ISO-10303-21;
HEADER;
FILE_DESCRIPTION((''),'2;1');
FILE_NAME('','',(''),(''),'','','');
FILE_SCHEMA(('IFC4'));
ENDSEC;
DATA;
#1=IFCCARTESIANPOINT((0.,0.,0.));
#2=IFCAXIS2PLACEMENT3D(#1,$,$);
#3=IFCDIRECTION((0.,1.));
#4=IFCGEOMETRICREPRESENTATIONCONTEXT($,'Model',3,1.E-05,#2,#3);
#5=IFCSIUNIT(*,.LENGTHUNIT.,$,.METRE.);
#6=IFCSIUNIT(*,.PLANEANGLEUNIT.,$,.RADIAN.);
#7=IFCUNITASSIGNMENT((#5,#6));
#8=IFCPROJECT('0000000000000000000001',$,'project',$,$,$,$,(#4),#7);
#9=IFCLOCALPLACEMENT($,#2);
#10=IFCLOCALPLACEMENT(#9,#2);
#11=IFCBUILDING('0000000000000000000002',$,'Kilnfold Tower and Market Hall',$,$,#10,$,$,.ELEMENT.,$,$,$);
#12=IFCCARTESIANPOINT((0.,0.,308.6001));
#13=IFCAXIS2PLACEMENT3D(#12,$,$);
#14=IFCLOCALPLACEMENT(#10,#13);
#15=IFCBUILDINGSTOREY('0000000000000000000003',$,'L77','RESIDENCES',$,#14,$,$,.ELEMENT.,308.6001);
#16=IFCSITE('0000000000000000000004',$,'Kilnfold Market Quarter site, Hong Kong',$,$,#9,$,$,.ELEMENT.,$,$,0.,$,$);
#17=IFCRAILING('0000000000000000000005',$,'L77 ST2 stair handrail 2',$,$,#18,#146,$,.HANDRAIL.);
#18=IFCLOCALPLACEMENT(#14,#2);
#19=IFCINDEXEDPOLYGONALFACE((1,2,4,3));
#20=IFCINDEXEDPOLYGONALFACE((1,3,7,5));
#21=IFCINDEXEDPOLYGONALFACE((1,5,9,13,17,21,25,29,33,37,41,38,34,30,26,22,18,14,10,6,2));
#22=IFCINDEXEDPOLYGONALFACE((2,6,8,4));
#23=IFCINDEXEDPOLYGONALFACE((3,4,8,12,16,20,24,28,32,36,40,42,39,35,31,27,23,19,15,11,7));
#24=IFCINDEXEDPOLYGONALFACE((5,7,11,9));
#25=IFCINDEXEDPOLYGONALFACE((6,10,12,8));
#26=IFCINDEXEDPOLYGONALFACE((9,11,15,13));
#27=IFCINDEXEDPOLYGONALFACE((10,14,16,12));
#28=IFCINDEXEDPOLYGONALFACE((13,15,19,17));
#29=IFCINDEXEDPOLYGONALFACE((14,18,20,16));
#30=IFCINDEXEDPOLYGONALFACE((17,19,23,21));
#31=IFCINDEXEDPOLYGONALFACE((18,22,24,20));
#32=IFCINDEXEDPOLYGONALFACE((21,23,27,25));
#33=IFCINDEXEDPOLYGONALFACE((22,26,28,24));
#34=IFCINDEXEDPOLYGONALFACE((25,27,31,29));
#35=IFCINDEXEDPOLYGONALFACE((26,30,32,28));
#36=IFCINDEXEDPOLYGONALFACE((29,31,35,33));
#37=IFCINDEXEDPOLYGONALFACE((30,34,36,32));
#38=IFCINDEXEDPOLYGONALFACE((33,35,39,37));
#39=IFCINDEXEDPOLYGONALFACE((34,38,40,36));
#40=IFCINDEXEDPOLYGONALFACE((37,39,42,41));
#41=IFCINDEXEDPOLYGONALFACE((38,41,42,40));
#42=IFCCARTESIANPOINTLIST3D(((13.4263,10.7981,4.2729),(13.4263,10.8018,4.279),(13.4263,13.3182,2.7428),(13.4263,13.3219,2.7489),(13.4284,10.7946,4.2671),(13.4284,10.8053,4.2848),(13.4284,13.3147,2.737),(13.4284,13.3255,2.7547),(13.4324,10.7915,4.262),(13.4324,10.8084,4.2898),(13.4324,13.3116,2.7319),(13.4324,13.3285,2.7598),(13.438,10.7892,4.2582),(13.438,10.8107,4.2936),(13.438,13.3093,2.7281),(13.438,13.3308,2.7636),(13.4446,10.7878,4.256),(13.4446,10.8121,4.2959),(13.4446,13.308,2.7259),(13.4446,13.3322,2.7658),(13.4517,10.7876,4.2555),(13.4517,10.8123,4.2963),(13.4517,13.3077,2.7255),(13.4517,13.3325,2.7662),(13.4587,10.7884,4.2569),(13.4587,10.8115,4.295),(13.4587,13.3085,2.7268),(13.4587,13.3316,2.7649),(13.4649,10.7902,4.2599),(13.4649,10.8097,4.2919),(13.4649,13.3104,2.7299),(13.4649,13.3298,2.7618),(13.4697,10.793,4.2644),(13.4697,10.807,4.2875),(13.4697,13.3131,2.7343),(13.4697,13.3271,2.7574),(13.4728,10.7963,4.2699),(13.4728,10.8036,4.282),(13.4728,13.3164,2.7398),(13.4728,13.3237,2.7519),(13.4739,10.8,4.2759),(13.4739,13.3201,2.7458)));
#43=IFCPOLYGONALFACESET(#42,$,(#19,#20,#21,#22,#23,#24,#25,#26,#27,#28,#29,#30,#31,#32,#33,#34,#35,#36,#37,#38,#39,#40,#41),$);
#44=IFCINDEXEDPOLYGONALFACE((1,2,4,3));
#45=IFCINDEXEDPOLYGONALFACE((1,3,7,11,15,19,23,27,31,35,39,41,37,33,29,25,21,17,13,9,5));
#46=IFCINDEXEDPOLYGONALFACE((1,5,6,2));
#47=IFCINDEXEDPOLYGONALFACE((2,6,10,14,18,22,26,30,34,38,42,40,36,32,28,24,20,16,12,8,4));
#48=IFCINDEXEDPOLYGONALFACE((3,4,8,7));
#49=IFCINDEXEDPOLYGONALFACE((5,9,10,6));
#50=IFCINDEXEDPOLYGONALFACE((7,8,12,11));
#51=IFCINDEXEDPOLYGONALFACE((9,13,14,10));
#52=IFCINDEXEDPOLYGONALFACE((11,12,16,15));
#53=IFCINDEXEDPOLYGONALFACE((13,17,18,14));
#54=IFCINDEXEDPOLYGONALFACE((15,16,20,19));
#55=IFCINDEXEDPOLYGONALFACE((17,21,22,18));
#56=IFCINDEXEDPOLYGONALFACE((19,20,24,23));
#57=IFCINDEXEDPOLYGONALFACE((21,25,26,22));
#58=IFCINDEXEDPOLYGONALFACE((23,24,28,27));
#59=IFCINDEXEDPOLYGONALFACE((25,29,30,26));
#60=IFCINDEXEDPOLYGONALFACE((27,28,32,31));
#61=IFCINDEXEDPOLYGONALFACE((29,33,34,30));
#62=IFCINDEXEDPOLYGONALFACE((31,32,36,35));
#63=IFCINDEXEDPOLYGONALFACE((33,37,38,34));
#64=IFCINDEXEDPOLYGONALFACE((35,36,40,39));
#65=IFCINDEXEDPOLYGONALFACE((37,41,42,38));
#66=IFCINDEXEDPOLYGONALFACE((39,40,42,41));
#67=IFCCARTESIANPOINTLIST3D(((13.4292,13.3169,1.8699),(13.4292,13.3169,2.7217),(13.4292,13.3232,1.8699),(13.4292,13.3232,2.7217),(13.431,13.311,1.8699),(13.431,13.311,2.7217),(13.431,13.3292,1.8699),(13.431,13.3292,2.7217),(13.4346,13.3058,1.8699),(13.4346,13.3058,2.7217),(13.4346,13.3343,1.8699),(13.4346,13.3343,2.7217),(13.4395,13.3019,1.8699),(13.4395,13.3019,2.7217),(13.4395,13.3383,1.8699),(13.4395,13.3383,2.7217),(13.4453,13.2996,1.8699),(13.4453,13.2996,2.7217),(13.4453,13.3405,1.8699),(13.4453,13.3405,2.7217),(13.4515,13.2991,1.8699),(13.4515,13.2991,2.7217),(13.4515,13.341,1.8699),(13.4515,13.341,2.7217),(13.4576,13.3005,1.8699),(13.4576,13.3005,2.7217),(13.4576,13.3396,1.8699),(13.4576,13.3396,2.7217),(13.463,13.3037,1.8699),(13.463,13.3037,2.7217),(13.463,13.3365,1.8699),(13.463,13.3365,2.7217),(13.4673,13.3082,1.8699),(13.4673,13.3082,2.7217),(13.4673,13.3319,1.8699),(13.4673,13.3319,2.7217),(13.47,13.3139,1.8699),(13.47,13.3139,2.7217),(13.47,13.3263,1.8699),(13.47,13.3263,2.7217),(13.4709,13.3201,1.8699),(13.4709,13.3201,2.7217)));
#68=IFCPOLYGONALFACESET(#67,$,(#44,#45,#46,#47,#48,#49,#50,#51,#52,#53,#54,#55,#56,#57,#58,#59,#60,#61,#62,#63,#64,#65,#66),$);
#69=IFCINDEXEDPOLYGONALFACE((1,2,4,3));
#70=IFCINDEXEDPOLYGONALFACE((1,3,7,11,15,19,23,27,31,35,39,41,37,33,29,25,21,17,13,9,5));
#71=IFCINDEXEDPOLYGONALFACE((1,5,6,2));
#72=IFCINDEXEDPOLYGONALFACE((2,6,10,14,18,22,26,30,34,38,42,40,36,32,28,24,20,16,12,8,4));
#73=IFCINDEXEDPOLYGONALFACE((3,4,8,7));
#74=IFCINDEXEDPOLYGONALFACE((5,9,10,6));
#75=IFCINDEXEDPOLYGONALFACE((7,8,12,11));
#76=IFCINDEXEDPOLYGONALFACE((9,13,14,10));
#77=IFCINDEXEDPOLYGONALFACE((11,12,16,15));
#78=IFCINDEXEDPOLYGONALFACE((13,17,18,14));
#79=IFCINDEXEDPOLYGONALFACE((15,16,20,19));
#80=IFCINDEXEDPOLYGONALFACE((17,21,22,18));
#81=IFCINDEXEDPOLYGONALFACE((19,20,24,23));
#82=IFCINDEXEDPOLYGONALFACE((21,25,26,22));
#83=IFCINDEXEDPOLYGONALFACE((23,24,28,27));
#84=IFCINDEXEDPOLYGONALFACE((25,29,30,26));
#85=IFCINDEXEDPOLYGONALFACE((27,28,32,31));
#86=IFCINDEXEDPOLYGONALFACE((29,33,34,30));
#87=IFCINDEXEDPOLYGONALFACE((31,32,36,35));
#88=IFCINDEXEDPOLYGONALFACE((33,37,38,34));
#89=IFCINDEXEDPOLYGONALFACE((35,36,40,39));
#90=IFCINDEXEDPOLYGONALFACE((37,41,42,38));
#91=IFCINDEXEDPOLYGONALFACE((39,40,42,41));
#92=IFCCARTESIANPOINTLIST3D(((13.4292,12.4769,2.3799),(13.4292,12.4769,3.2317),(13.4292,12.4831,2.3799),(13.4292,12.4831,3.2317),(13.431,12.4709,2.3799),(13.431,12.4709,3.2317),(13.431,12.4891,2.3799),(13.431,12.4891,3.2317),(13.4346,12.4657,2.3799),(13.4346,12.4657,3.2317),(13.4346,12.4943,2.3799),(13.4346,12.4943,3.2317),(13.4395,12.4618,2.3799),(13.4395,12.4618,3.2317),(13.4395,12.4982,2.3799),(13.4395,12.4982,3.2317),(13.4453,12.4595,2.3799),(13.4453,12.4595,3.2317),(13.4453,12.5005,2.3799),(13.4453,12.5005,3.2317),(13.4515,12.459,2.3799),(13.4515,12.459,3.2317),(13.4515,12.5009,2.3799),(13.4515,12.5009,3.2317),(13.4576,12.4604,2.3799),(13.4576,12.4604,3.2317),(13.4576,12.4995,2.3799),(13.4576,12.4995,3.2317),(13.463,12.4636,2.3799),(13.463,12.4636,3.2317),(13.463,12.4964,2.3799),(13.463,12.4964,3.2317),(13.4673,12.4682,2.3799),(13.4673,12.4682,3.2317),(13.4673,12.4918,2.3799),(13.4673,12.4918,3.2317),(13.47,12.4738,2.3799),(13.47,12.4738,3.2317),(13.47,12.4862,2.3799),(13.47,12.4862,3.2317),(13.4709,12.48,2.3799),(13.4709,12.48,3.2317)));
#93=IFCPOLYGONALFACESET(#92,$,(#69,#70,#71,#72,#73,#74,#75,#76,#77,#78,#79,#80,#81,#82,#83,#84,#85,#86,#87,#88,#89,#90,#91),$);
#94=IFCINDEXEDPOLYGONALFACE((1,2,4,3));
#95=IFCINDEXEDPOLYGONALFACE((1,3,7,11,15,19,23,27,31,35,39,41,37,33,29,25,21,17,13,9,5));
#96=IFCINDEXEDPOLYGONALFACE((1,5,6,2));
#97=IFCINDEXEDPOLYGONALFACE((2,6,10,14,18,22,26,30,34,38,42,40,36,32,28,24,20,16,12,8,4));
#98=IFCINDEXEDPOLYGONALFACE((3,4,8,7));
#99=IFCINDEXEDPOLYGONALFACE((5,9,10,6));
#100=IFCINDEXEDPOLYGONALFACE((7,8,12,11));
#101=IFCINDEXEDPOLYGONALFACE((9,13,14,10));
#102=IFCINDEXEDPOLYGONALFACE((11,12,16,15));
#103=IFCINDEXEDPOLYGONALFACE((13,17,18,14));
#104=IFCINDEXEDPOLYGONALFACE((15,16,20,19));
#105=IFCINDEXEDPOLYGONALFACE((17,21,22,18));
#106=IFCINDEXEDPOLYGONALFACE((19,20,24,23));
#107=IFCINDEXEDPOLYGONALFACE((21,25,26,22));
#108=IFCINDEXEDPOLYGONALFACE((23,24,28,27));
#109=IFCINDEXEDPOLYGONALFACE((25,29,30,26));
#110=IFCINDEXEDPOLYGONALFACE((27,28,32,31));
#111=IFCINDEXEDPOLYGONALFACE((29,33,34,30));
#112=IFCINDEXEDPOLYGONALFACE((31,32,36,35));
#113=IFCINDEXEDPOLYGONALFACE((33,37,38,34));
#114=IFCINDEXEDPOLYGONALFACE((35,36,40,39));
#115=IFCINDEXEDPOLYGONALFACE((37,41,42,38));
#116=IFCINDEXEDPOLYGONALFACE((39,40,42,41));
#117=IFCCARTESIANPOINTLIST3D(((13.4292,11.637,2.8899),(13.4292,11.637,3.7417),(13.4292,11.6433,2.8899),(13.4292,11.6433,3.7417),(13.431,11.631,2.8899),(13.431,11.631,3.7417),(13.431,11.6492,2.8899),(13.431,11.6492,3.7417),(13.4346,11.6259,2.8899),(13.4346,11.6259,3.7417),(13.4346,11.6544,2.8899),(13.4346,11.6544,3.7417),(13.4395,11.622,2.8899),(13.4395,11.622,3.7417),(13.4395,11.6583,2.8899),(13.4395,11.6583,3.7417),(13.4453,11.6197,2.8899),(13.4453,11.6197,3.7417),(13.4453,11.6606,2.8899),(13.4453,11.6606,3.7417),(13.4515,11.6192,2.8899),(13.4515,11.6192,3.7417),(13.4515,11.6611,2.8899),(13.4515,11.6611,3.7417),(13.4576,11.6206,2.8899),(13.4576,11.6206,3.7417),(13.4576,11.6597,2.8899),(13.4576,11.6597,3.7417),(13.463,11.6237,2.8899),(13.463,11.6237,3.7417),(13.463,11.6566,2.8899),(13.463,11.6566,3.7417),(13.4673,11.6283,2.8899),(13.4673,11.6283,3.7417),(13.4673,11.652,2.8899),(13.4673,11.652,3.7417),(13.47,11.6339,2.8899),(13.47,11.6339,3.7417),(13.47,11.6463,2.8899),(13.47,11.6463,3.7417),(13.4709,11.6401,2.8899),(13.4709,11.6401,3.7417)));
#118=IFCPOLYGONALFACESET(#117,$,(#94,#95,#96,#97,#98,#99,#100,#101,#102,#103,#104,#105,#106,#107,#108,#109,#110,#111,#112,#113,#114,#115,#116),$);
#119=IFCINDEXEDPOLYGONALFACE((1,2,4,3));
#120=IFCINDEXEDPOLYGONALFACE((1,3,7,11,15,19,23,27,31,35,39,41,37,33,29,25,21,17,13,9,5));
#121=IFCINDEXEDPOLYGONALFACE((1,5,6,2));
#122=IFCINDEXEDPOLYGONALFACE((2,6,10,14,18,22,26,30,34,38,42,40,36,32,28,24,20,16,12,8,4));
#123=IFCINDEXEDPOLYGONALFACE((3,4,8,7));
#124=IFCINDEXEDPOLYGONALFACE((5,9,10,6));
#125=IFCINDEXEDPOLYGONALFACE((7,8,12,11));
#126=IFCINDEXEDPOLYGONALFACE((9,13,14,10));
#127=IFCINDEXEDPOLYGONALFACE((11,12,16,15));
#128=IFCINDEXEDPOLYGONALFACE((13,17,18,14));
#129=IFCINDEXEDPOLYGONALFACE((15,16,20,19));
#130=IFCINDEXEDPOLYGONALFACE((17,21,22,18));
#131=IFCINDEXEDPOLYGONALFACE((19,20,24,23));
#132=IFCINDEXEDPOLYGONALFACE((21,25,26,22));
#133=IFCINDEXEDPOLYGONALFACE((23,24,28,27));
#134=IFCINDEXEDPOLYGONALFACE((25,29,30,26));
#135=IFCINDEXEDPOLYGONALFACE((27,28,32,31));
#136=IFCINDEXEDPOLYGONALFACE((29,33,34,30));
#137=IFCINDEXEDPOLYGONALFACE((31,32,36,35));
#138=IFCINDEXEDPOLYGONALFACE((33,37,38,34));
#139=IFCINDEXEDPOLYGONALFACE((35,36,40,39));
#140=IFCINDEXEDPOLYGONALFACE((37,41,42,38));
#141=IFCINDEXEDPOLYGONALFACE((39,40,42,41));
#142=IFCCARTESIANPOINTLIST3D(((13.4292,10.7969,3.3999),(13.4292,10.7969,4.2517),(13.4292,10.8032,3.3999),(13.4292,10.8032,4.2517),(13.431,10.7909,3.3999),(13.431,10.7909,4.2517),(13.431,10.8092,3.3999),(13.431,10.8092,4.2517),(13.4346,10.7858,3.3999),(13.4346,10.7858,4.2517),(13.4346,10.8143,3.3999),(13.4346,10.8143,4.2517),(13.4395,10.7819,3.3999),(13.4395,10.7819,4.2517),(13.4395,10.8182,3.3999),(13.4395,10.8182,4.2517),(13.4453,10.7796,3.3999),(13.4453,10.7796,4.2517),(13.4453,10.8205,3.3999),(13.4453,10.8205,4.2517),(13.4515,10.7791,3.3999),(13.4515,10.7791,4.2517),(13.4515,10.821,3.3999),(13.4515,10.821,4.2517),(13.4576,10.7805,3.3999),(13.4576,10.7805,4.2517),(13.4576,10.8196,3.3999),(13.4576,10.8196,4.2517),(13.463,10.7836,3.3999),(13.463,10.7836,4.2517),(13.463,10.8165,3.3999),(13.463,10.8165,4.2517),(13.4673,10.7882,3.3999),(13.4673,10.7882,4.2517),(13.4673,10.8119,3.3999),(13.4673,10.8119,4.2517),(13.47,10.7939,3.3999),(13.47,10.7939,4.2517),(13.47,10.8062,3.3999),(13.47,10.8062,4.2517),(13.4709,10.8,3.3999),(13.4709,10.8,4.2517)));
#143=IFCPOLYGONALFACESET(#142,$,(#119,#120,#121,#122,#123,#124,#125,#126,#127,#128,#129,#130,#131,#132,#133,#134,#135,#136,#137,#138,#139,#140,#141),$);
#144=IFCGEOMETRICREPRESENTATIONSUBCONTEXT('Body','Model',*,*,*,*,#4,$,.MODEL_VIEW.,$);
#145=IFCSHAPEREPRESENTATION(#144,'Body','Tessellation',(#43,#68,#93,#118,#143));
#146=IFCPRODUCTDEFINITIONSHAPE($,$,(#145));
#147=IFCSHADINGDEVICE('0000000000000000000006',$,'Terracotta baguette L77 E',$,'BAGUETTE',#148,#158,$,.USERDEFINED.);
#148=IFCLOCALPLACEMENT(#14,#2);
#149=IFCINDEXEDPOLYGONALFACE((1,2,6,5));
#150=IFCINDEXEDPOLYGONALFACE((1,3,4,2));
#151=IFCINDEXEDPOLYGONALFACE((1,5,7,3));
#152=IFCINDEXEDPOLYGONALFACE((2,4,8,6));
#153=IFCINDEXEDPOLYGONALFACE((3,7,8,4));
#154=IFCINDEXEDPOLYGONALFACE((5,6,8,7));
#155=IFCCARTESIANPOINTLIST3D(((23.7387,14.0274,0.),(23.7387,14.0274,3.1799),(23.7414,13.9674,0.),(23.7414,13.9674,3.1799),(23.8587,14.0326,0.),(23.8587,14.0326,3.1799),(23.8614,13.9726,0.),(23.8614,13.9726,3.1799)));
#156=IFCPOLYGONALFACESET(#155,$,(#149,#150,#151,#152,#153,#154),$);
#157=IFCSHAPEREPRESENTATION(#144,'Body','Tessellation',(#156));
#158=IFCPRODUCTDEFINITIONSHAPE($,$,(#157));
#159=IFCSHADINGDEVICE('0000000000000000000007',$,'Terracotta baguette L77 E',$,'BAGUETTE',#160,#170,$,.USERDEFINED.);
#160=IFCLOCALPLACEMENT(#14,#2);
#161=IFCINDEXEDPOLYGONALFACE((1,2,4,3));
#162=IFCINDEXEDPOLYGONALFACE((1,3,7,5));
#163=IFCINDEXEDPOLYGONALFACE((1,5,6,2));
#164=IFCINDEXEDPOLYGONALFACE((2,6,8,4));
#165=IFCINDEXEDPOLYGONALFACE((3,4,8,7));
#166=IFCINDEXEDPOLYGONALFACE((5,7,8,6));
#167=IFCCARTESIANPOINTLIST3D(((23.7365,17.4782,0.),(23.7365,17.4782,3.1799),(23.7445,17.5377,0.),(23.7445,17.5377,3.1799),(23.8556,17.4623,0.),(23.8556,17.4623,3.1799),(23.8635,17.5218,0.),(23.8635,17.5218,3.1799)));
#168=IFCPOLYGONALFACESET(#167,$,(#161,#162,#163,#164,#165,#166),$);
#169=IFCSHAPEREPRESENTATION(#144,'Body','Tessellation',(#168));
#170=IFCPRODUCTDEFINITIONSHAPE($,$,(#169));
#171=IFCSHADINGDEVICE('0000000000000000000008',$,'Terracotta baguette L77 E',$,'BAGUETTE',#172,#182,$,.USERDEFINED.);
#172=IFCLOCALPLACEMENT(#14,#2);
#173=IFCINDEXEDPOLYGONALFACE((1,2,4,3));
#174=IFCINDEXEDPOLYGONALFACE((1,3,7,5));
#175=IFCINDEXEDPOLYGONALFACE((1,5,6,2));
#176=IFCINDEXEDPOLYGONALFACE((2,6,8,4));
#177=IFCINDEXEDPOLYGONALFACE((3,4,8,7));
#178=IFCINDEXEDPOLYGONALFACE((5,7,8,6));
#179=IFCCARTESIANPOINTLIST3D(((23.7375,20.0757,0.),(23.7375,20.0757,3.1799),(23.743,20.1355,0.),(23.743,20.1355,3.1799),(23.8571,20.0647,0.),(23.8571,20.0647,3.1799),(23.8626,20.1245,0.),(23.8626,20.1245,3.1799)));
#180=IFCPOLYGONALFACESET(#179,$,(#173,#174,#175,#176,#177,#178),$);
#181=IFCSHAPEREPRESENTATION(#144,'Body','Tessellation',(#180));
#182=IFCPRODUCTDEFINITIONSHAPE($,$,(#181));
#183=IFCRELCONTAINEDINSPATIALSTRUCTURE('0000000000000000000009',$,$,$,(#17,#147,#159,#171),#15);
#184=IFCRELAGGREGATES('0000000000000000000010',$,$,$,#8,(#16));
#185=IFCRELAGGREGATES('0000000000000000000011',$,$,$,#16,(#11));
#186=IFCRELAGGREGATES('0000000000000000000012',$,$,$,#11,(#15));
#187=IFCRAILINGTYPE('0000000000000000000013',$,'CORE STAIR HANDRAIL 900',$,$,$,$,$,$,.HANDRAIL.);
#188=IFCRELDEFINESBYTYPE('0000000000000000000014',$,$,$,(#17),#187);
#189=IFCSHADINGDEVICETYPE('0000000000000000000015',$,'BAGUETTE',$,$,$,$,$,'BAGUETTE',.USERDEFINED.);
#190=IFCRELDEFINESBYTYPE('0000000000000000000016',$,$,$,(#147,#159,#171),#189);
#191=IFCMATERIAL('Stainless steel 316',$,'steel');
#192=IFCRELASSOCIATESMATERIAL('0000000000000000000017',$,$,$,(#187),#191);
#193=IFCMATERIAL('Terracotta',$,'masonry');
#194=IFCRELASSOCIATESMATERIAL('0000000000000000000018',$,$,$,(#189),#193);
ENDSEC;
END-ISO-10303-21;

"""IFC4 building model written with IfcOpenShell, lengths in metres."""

from ifc_helpers import new_model, si_unit, direction, frame, origin, origin_2d, place, context, subcontext, project, spatial, rectangle, circle, extrude, source, transform, mapped, material, material_profile, profile_set, type_object, element, save


model = new_model("IFC4")

# Units and contexts
model_context = context("Model", 3, precision=1e-05, world=origin(), true_north=direction((0.0, 1.0)))
body_context = subcontext(model_context, "Body", "Model", "MODEL_VIEW")
ifc_project = project(units=[si_unit("LENGTHUNIT", "METRE"), si_unit("PLANEANGLEUNIT", "RADIAN")], contexts=[model_context])

# Site, building, storey
site_placement = place(None, origin())
site = spatial("IfcSite", under=ifc_project, at=site_placement, Name="Kilnfold Market Quarter site, Hong Kong", CompositionType="ELEMENT", RefElevation=0.0)
building_placement = place(site_placement, origin())
building = spatial("IfcBuilding", under=site, at=building_placement, Name="Kilnfold Tower and Market Hall", CompositionType="ELEMENT")
storey_placement = place(building_placement, frame((0.0, 0.0, 308.6001)))
storey = spatial("IfcBuildingStorey", under=building, at=storey_placement, Name="L77", Description="RESIDENCES", CompositionType="ELEMENT", Elevation=308.6001)

# Railing
ifc_material_1 = material(Name="Stainless steel 316", Category="steel")
railing_type = type_object("IfcRailingType", Name="CORE STAIR HANDRAIL 900", PredefinedType="HANDRAIL", material=ifc_material_1)
railing_placement = place(storey_placement, frame((13.45, 13.3201, 1.8699)))
element("IfcRailing", 1, at=railing_placement, inside=storey, type_object=railing_type, Name="L77 ST2 stair handrail 2", PredefinedType="HANDRAIL", context=body_context, shape_type="SweptSolid", body=[
    extrude(circle(Radius=0.0239, at=origin_2d()), frame((0.0, 0.0, 0.876), z_axis=(0.0, -0.854785, 0.518982), x_axis=(1.0, 0.0, 0.0)), (0.0, 0.0, 1.0), 2.9482),
    extrude(circle(Radius=0.021, at=origin_2d()), origin(), (0.0, 0.0, 1.0), 0.8518),
    extrude(circle(Radius=0.021, at=origin_2d()), frame((0.0, -0.8401, 0.51)), (0.0, 0.0, 1.0), 0.8518),
    extrude(circle(Radius=0.021, at=origin_2d()), frame((0.0, -1.6799, 1.02)), (0.0, 0.0, 1.0), 0.8518),
    extrude(circle(Radius=0.021, at=origin_2d()), frame((0.0, -2.52, 1.53)), (0.0, 0.0, 1.0), 0.8518),
])

# Shading devices
ifc_material_2 = material(Name="Terracotta", Category="masonry")
ifc_material_profile_1 = material_profile(ifc_material_2, rectangle(XDim=0.0601, YDim=0.1201, at=origin_2d()), Name="BAG 60x120")
ifc_profile_set_1 = profile_set([ifc_material_profile_1], Name="Terracotta")
shading_device_type = type_object("IfcShadingDeviceType", Name="BAGUETTE", ElementType="BAGUETTE", PredefinedType="USERDEFINED", material=ifc_profile_set_1)
shared_shape_1 = source(origin(), body_context, "Body", "SweptSolid", [
    extrude(rectangle(XDim=0.0601, YDim=0.1201, at=origin_2d()), origin(), (0.0, 0.0, 1.0), 3.1799),
])
for number, where, z_axis, x_axis, name in (
    (2, (23.8, 14.0, 0.0), (0.0, 0.0, 1.0), (-0.043862, 0.999038, 0.0), "Terracotta baguette L77 E"),
    (3, (23.8, 17.5, 0.0), (0.0, 0.0, 1.0), (0.132165, 0.991228, 0.0), "Terracotta baguette L77 E"),
    (4, (23.8, 20.1001, 0.0), (0.0, 0.0, 1.0), (0.092311, 0.99573, 0.0), "Terracotta baguette L77 E"),
):
    element("IfcShadingDevice", number, at=place(storey_placement, frame(where, z_axis=z_axis, x_axis=x_axis)), inside=storey, type_object=shading_device_type, Name=name, ObjectType="BAGUETTE", PredefinedType="USERDEFINED", context=body_context, shape_type="MappedRepresentation", body=[
        mapped(shared_shape_1, transform((0.0, 0.0, 0.0))),
    ])

save(model, "model.ifc")
